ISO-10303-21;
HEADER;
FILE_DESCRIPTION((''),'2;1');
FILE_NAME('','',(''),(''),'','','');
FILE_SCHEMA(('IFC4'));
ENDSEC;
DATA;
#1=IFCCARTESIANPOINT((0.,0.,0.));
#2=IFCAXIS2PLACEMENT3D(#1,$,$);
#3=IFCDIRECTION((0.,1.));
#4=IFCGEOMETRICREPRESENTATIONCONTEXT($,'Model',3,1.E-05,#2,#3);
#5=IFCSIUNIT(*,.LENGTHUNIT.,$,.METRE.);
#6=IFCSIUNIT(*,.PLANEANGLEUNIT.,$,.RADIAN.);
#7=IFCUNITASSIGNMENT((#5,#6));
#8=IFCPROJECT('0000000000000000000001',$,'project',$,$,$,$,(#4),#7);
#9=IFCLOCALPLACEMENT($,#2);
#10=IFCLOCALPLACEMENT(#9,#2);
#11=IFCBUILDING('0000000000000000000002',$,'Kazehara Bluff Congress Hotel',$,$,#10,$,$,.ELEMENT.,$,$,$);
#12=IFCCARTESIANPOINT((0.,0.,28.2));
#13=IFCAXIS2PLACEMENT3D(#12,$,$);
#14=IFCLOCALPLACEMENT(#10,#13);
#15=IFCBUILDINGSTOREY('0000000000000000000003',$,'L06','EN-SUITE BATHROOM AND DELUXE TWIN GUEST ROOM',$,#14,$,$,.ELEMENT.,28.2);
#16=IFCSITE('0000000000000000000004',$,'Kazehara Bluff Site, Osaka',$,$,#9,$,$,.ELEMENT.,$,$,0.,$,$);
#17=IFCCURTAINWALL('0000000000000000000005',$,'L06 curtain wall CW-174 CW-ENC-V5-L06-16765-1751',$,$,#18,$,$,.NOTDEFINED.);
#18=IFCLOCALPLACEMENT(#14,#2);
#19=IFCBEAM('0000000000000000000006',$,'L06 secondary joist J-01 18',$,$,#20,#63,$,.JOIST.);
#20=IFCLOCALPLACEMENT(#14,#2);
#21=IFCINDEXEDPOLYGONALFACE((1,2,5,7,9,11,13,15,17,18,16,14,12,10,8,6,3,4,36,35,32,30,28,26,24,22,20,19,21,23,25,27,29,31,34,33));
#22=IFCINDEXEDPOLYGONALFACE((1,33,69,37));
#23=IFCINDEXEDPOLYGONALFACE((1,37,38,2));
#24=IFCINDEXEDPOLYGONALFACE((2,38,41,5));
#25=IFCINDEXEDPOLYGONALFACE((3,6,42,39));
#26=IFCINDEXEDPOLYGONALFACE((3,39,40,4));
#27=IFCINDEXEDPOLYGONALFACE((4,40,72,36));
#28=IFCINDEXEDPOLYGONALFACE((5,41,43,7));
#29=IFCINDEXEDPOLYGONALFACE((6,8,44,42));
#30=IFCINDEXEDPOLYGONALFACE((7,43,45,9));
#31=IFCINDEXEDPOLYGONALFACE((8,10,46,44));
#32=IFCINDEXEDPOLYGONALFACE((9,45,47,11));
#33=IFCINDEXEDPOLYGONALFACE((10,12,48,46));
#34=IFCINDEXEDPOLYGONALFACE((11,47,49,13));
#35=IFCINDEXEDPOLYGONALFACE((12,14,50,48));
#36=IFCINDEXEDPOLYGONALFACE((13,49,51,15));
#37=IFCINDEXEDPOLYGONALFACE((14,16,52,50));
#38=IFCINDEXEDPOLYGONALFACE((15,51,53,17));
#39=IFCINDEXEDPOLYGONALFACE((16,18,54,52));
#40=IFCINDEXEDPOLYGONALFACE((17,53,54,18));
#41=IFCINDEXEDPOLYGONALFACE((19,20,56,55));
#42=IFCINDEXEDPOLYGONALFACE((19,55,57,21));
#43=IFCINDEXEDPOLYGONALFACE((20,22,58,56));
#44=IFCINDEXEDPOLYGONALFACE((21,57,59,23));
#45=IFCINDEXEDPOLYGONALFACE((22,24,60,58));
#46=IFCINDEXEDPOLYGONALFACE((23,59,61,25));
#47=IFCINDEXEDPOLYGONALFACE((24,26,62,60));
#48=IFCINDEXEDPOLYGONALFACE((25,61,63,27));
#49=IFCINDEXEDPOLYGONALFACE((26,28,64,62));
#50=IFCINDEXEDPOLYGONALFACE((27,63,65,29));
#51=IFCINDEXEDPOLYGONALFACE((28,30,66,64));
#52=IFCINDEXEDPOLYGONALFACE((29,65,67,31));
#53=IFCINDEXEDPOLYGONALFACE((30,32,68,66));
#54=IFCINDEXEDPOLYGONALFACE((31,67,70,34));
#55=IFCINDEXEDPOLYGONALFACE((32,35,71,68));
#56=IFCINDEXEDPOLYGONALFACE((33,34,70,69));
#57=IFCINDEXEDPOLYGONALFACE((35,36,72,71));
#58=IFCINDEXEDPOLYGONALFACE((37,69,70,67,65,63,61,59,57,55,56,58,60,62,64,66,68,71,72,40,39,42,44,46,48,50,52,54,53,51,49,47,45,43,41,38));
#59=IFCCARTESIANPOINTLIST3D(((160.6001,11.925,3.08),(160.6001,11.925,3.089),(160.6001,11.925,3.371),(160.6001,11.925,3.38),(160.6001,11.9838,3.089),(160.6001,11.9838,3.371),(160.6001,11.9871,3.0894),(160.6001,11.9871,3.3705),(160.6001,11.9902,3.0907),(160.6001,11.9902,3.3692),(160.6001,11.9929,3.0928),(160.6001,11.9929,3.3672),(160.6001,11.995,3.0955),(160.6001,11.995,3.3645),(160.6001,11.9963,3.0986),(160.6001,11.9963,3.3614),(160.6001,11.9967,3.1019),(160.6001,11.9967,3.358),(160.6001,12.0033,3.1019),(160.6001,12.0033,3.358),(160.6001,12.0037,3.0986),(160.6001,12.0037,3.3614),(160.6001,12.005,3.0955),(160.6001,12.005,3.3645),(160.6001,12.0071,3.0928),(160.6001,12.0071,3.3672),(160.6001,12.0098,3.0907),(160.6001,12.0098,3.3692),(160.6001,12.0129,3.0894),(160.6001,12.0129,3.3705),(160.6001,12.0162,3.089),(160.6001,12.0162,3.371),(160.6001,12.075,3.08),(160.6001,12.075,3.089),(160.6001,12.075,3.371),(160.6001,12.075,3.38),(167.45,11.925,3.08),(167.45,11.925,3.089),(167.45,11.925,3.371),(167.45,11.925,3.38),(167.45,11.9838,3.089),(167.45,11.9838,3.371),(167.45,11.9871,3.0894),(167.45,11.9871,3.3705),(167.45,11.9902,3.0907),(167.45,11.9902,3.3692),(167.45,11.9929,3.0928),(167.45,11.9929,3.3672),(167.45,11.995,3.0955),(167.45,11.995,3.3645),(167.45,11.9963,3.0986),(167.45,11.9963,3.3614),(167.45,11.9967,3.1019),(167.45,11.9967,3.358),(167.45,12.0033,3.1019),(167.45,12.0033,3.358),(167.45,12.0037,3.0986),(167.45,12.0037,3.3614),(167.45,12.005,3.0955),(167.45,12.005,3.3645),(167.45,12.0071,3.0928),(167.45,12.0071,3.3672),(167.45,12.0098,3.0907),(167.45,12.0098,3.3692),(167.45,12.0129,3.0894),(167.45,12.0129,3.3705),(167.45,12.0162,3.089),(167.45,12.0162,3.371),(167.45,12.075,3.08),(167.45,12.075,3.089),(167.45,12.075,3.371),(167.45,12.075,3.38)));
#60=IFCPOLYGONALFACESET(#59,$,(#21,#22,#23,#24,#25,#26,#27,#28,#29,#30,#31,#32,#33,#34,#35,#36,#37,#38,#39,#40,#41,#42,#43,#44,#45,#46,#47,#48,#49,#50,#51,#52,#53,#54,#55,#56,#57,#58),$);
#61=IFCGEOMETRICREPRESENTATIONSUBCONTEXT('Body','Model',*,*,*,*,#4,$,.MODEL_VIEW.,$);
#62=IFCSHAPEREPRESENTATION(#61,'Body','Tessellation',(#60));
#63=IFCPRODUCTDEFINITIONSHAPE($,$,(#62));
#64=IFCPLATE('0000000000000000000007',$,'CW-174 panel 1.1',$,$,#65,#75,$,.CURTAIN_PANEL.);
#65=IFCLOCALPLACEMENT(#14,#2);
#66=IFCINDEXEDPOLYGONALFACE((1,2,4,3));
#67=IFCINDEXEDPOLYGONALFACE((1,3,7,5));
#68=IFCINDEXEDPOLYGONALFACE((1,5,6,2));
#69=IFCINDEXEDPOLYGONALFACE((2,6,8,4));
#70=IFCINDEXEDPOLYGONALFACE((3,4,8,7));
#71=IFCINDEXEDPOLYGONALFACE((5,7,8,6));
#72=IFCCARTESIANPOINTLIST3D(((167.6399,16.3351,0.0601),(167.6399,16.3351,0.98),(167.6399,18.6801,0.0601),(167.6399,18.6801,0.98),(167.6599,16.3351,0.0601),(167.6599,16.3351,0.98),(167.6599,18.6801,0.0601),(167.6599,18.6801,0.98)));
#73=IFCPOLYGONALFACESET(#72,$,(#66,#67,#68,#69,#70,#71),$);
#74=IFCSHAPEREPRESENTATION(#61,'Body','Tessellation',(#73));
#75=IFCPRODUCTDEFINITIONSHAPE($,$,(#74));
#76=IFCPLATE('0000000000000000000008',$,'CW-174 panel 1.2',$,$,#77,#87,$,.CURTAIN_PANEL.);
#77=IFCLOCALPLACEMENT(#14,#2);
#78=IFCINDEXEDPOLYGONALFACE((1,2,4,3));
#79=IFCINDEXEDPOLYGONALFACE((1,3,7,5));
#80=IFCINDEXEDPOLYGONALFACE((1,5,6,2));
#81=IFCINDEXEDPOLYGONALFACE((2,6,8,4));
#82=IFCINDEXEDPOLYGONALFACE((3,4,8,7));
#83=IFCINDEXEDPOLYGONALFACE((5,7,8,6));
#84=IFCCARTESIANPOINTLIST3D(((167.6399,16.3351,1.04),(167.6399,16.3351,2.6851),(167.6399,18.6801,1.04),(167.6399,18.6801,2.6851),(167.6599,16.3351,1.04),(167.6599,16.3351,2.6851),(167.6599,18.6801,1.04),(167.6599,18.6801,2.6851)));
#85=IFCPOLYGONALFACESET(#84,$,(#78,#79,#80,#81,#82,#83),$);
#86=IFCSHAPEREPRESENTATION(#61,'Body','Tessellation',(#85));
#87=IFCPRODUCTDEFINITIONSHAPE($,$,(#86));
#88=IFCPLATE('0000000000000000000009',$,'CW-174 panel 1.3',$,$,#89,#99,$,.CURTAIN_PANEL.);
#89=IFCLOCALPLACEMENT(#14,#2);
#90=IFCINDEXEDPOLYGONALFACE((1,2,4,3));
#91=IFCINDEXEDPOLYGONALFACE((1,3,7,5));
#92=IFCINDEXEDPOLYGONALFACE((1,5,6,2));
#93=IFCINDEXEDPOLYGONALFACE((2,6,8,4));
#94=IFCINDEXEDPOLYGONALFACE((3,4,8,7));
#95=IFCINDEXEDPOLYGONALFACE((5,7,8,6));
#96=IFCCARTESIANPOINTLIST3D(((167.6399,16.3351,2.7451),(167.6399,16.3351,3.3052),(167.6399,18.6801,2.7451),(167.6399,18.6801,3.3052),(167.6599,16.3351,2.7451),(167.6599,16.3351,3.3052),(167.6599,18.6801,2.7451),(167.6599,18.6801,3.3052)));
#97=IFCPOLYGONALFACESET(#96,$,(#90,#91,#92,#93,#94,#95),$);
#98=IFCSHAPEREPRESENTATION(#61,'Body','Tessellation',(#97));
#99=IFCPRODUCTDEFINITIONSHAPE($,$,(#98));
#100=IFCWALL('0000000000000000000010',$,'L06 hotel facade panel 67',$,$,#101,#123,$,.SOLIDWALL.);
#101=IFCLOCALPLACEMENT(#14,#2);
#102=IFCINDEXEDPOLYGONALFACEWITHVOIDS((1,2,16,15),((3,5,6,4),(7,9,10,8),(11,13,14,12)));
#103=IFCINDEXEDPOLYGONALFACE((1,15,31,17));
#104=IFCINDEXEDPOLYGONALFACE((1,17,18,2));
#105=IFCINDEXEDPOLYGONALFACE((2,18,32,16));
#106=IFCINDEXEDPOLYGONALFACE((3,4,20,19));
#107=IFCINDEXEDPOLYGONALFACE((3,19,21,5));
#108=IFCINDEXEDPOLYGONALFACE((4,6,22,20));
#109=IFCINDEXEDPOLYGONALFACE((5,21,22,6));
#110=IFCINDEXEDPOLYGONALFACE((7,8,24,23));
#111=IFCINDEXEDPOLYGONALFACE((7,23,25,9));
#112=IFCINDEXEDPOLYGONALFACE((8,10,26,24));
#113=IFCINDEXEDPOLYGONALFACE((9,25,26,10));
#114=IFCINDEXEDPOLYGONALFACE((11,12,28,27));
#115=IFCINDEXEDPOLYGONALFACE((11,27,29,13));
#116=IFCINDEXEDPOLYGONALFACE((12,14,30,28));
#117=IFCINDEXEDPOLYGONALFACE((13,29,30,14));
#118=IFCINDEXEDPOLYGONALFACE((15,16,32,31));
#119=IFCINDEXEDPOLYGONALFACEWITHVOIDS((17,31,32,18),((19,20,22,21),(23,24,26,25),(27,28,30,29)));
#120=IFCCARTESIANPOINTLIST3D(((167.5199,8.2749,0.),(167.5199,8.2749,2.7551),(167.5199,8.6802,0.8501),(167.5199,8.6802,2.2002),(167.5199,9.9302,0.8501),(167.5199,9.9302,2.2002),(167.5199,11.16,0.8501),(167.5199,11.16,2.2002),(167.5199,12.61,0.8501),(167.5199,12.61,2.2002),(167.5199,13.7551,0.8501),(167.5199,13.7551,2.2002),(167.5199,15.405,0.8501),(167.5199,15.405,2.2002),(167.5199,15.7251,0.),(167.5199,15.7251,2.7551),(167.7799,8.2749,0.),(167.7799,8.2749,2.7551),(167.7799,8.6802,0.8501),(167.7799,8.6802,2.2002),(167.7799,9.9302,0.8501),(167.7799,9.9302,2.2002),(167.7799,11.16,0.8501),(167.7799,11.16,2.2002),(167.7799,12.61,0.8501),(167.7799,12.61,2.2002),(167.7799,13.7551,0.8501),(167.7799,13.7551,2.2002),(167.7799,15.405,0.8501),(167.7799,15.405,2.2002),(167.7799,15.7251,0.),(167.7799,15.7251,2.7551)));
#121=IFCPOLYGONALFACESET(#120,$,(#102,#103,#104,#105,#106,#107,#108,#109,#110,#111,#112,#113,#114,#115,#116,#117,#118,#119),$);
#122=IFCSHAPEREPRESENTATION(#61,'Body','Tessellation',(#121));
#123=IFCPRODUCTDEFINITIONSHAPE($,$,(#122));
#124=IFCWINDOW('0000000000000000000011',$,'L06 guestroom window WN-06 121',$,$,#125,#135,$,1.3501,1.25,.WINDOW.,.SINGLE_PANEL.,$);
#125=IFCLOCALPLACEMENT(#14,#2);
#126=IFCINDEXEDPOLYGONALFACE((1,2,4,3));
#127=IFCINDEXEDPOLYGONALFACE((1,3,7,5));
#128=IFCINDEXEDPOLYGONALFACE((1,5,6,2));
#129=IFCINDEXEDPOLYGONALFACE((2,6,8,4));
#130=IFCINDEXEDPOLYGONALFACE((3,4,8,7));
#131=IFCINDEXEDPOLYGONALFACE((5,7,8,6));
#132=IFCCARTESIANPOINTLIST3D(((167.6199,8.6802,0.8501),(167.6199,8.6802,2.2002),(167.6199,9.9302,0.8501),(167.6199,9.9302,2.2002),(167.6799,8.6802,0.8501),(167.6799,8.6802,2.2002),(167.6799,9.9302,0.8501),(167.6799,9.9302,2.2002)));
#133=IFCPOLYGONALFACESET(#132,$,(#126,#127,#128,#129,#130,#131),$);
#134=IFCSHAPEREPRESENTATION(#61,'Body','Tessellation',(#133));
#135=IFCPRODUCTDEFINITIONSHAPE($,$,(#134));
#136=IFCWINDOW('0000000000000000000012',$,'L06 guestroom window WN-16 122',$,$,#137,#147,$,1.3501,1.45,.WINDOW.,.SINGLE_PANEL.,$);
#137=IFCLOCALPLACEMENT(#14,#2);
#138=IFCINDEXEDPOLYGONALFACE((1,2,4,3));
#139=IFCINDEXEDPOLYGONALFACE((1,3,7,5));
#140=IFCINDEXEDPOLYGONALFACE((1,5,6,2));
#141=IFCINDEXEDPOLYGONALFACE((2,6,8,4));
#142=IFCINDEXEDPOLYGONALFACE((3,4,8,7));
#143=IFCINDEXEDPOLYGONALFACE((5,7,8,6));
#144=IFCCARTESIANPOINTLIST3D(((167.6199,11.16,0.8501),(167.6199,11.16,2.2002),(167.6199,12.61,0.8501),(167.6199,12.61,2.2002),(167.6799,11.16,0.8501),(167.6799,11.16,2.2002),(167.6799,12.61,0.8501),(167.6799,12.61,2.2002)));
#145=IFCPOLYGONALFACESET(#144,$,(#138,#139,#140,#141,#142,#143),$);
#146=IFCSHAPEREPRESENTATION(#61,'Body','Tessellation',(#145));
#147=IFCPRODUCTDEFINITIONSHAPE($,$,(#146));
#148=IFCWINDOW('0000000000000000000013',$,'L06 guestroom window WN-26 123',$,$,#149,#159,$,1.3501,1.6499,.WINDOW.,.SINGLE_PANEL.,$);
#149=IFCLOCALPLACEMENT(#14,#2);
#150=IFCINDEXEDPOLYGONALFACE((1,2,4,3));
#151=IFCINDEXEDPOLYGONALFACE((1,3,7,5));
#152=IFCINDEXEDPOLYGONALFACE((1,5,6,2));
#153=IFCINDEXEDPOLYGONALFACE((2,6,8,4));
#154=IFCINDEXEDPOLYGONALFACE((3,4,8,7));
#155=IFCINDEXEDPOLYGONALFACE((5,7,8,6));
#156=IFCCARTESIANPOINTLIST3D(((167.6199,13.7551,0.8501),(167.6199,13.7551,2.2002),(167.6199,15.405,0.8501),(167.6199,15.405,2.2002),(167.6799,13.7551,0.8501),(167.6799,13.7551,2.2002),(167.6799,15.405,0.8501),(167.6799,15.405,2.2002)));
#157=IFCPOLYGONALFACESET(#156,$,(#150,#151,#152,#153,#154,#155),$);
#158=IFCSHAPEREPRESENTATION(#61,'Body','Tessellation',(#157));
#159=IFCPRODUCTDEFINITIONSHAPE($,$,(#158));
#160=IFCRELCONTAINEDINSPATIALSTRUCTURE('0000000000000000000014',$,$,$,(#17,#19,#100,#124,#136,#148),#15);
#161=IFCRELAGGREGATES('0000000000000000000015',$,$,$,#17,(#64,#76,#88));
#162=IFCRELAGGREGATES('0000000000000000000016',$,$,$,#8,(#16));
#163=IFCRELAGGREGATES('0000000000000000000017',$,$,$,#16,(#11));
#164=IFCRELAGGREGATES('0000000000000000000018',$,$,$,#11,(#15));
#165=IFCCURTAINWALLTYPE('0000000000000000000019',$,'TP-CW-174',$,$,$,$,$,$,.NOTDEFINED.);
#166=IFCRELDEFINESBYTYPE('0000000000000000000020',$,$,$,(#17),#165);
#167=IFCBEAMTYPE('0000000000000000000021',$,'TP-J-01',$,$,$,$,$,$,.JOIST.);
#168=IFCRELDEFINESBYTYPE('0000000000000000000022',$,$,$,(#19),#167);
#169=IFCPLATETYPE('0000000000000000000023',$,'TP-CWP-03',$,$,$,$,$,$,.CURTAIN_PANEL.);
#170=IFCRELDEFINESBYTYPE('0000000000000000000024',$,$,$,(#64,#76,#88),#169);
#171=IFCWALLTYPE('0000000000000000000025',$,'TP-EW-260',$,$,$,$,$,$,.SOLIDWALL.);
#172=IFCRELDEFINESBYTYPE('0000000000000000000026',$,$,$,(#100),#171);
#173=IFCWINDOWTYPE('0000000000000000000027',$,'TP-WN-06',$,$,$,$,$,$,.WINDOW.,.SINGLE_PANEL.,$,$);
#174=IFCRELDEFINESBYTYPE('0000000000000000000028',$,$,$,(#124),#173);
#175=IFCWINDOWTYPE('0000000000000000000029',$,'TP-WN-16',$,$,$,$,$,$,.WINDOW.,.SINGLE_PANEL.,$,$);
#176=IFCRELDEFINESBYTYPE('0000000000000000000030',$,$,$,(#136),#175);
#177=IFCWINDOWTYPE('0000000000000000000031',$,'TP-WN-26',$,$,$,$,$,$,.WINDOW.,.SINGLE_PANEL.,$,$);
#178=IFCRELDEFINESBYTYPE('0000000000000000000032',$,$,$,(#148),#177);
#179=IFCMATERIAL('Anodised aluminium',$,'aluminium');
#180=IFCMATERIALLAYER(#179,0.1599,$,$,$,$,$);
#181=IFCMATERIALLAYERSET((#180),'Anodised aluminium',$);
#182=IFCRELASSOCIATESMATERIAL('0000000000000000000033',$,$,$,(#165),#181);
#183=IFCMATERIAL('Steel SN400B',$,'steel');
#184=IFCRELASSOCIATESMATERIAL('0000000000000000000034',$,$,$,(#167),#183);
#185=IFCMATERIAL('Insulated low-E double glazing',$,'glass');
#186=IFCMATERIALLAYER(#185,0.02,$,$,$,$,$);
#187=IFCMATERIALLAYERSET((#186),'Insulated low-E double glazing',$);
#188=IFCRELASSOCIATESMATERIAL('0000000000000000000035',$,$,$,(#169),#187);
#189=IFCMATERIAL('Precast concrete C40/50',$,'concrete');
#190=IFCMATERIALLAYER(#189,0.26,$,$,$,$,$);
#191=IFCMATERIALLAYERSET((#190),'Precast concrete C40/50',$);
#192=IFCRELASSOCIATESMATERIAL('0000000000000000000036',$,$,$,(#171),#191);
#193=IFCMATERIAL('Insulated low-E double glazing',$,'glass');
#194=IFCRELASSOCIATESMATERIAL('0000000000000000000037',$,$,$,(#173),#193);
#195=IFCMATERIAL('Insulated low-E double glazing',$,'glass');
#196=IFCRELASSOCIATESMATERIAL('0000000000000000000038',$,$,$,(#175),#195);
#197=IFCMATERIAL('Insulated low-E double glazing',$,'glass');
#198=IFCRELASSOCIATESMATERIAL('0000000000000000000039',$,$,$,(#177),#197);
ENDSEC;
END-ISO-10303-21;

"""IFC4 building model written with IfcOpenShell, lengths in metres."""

from ifc_helpers import new_model, si_unit, direction, frame, frame_2d, origin, origin_2d, place, context, subcontext, project, spatial, rectangle, i_section, extrude, material, layer, layer_set, material_profile, profile_set, type_object, element, fill, aggregate, save


model = new_model("IFC4")

# Units and contexts
model_context = context("Model", 3, precision=1e-05, world=origin(), true_north=direction((0.0, 1.0)))
body_context = subcontext(model_context, "Body", "Model", "MODEL_VIEW")
ifc_project = project(units=[si_unit("LENGTHUNIT", "METRE"), si_unit("PLANEANGLEUNIT", "RADIAN")], contexts=[model_context])

# Site, building, storey
site_placement = place(None, origin())
site = spatial("IfcSite", under=ifc_project, at=site_placement, Name="Kazehara Bluff Site, Osaka", CompositionType="ELEMENT", RefElevation=0.0)
building_placement = place(site_placement, origin())
building = spatial("IfcBuilding", under=site, at=building_placement, Name="Kazehara Bluff Congress Hotel", CompositionType="ELEMENT")
storey_placement = place(building_placement, frame((0.0, 0.0, 28.2)))
storey = spatial("IfcBuildingStorey", under=building, at=storey_placement, Name="L06", Description="EN-SUITE BATHROOM AND DELUXE TWIN GUEST ROOM", CompositionType="ELEMENT", Elevation=28.2)

# Curtain wall
ifc_material_1 = material(Name="Anodised aluminium", Category="aluminium")
ifc_layer_1 = layer(ifc_material_1, 0.1599)
ifc_layer_set_1 = layer_set([ifc_layer_1], Name="Anodised aluminium")
curtain_wall_type = type_object("IfcCurtainWallType", Name="TP-CW-174", PredefinedType="NOTDEFINED", material=ifc_layer_set_1)
curtain_wall_placement = place(storey_placement, origin())
curtain_wall = element("IfcCurtainWall", 1, at=curtain_wall_placement, inside=storey, type_object=curtain_wall_type, Name="L06 curtain wall CW-174 CW-ENC-V5-L06-16765-1751", PredefinedType="NOTDEFINED")

# Beam
ifc_material_2 = material(Name="Steel SN400B", Category="steel")
ifc_material_profile_1 = material_profile(ifc_material_2, i_section(OverallWidth=0.1499, OverallDepth=0.3, WebThickness=0.0066, FlangeThickness=0.009, FilletRadius=0.0129, at=origin_2d()))
ifc_profile_set_1 = profile_set([ifc_material_profile_1], Name="Steel SN400B")
beam_type_1 = type_object("IfcBeamType", Name="TP-J-01", PredefinedType="JOIST", material=ifc_profile_set_1)
beam_1_placement = place(storey_placement, frame((160.6001, 12.0, 3.23), z_axis=(1.0, 0.0, 0.0), x_axis=(0.0, 1.0, 0.0)))
element("IfcBeam", 2, at=beam_1_placement, inside=storey, type_object=beam_type_1, Name="L06 secondary joist J-01 18", PredefinedType="JOIST", context=body_context, shape_type="SweptSolid", body=[
    extrude(i_section(OverallWidth=0.1499, OverallDepth=0.3, WebThickness=0.0066, FlangeThickness=0.009, FilletRadius=0.0129, at=origin_2d()), origin(), (0.0, 0.0, 1.0), 6.8499),
])

# Plates
ifc_material_3 = material(Name="Insulated low-E double glazing", Category="glass")
ifc_layer_2 = layer(ifc_material_3, 0.02)
ifc_layer_set_2 = layer_set([ifc_layer_2], Name="Insulated low-E double glazing")
plate_type = type_object("IfcPlateType", Name="TP-CWP-03", PredefinedType="CURTAIN_PANEL", material=ifc_layer_set_2)
plate_1_placement = place(storey_placement, frame((167.6499, 17.5076, 0.0601), z_axis=(0.0, 0.0, 1.0), x_axis=(0.0, -1.0, 0.0)))
plate_1 = element("IfcPlate", 3, at=plate_1_placement, type_object=plate_type, Name="CW-174 panel 1.1", PredefinedType="CURTAIN_PANEL", context=body_context, shape_type="SweptSolid", body=[
    extrude(rectangle(XDim=2.345, YDim=0.02, at=origin_2d()), origin(), (0.0, 0.0, 1.0), 0.9199),
])
plate_2_placement = place(storey_placement, frame((167.6499, 17.5076, 1.04), z_axis=(0.0, 0.0, 1.0), x_axis=(0.0, -1.0, 0.0)))
plate_2 = element("IfcPlate", 4, at=plate_2_placement, type_object=plate_type, Name="CW-174 panel 1.2", PredefinedType="CURTAIN_PANEL", context=body_context, shape_type="SweptSolid", body=[
    extrude(rectangle(XDim=2.345, YDim=0.02, at=origin_2d()), origin(), (0.0, 0.0, 1.0), 1.645),
])
plate_3_placement = place(storey_placement, frame((167.6499, 17.5076, 2.7451), z_axis=(0.0, 0.0, 1.0), x_axis=(0.0, -1.0, 0.0)))
plate_3 = element("IfcPlate", 5, at=plate_3_placement, type_object=plate_type, Name="CW-174 panel 1.3", PredefinedType="CURTAIN_PANEL", context=body_context, shape_type="SweptSolid", body=[
    extrude(rectangle(XDim=2.345, YDim=0.02, at=origin_2d()), origin(), (0.0, 0.0, 1.0), 0.5601),
])
aggregate(curtain_wall, [plate_1, plate_2, plate_3])

# Wall, openings, windows
ifc_material_4 = material(Name="Precast concrete C40/50", Category="concrete")
ifc_layer_3 = layer(ifc_material_4, 0.26)
ifc_layer_set_3 = layer_set([ifc_layer_3], Name="Precast concrete C40/50")
wall_type_1 = type_object("IfcWallType", Name="TP-EW-260", PredefinedType="SOLIDWALL", material=ifc_layer_set_3)
wall_1_placement = place(storey_placement, frame((167.6499, 15.7251, 0.0), z_axis=(0.0, 0.0, 1.0), x_axis=(0.0, -1.0, 0.0)))
wall_1 = element("IfcWall", 6, at=wall_1_placement, inside=storey, type_object=wall_type_1, Name="L06 hotel facade panel 67", PredefinedType="SOLIDWALL", context=body_context, shape_type="SweptSolid", body=[
    extrude(rectangle(XDim=7.4502, YDim=0.26, at=frame_2d((3.7251, 0.0))), origin(), (0.0, 0.0, 1.0), 2.7551),
])
opening_1_placement = place(wall_1_placement, frame((5.7949, 0.0, 0.8501)))
opening_1 = element("IfcOpeningElement", 7, at=opening_1_placement, cuts=wall_1, PredefinedType="OPENING", context=body_context, shape_type="SweptSolid", body=[
    extrude(rectangle(XDim=1.25, YDim=1.3501, at=frame_2d((0.625, 0.675))), frame((0.0, 0.1399, 0.0), z_axis=(0.0, -1.0, 0.0), x_axis=(1.0, 0.0, 0.0)), (0.0, 0.0, 1.0), 0.28),
])
opening_2_placement = place(wall_1_placement, frame((3.115, 0.0, 0.8501)))
opening_2 = element("IfcOpeningElement", 8, at=opening_2_placement, cuts=wall_1, PredefinedType="OPENING", context=body_context, shape_type="SweptSolid", body=[
    extrude(rectangle(XDim=1.45, YDim=1.3501, at=frame_2d((0.7251, 0.675))), frame((0.0, 0.1399, 0.0), z_axis=(0.0, -1.0, 0.0), x_axis=(1.0, 0.0, 0.0)), (0.0, 0.0, 1.0), 0.28),
])
opening_3_placement = place(wall_1_placement, frame((0.3201, 0.0, 0.8501)))
opening_3 = element("IfcOpeningElement", 9, at=opening_3_placement, cuts=wall_1, PredefinedType="OPENING", context=body_context, shape_type="SweptSolid", body=[
    extrude(rectangle(XDim=1.6499, YDim=1.3501, at=frame_2d((0.825, 0.675))), frame((0.0, 0.1399, 0.0), z_axis=(0.0, -1.0, 0.0), x_axis=(1.0, 0.0, 0.0)), (0.0, 0.0, 1.0), 0.28),
])
ifc_material_5 = material(Name="Insulated low-E double glazing", Category="glass")
window_type_1 = type_object("IfcWindowType", Name="TP-WN-06", PartitioningType="SINGLE_PANEL", PredefinedType="WINDOW", material=ifc_material_5)
window_1_placement = place(opening_1_placement, origin())
window_1 = element("IfcWindow", 10, at=window_1_placement, inside=storey, type_object=window_type_1, Name="L06 guestroom window WN-06 121", OverallHeight=1.3501, OverallWidth=1.25, PartitioningType="SINGLE_PANEL", PredefinedType="WINDOW", context=body_context, shape_type="SweptSolid", body=[
    extrude(rectangle(XDim=1.25, YDim=1.3501, at=frame_2d((0.625, 0.675))), frame((0.0, 0.03, 0.0), z_axis=(0.0, -1.0, 0.0), x_axis=(1.0, 0.0, 0.0)), (0.0, 0.0, 1.0), 0.0601),
])
fill(opening_1, window_1)
ifc_material_6 = material(Name="Insulated low-E double glazing", Category="glass")
window_type_2 = type_object("IfcWindowType", Name="TP-WN-16", PartitioningType="SINGLE_PANEL", PredefinedType="WINDOW", material=ifc_material_6)
window_2_placement = place(opening_2_placement, origin())
window_2 = element("IfcWindow", 11, at=window_2_placement, inside=storey, type_object=window_type_2, Name="L06 guestroom window WN-16 122", OverallHeight=1.3501, OverallWidth=1.45, PartitioningType="SINGLE_PANEL", PredefinedType="WINDOW", context=body_context, shape_type="SweptSolid", body=[
    extrude(rectangle(XDim=1.45, YDim=1.3501, at=frame_2d((0.7251, 0.675))), frame((0.0, 0.03, 0.0), z_axis=(0.0, -1.0, 0.0), x_axis=(1.0, 0.0, 0.0)), (0.0, 0.0, 1.0), 0.0601),
])
fill(opening_2, window_2)
ifc_material_7 = material(Name="Insulated low-E double glazing", Category="glass")
window_type_3 = type_object("IfcWindowType", Name="TP-WN-26", PartitioningType="SINGLE_PANEL", PredefinedType="WINDOW", material=ifc_material_7)
window_3_placement = place(opening_3_placement, origin())
window_3 = element("IfcWindow", 12, at=window_3_placement, inside=storey, type_object=window_type_3, Name="L06 guestroom window WN-26 123", OverallHeight=1.3501, OverallWidth=1.6499, PartitioningType="SINGLE_PANEL", PredefinedType="WINDOW", context=body_context, shape_type="SweptSolid", body=[
    extrude(rectangle(XDim=1.6499, YDim=1.3501, at=frame_2d((0.825, 0.675))), frame((0.0, 0.03, 0.0), z_axis=(0.0, -1.0, 0.0), x_axis=(1.0, 0.0, 0.0)), (0.0, 0.0, 1.0), 0.0601),
])
fill(opening_3, window_3)

save(model, "model.ifc")
